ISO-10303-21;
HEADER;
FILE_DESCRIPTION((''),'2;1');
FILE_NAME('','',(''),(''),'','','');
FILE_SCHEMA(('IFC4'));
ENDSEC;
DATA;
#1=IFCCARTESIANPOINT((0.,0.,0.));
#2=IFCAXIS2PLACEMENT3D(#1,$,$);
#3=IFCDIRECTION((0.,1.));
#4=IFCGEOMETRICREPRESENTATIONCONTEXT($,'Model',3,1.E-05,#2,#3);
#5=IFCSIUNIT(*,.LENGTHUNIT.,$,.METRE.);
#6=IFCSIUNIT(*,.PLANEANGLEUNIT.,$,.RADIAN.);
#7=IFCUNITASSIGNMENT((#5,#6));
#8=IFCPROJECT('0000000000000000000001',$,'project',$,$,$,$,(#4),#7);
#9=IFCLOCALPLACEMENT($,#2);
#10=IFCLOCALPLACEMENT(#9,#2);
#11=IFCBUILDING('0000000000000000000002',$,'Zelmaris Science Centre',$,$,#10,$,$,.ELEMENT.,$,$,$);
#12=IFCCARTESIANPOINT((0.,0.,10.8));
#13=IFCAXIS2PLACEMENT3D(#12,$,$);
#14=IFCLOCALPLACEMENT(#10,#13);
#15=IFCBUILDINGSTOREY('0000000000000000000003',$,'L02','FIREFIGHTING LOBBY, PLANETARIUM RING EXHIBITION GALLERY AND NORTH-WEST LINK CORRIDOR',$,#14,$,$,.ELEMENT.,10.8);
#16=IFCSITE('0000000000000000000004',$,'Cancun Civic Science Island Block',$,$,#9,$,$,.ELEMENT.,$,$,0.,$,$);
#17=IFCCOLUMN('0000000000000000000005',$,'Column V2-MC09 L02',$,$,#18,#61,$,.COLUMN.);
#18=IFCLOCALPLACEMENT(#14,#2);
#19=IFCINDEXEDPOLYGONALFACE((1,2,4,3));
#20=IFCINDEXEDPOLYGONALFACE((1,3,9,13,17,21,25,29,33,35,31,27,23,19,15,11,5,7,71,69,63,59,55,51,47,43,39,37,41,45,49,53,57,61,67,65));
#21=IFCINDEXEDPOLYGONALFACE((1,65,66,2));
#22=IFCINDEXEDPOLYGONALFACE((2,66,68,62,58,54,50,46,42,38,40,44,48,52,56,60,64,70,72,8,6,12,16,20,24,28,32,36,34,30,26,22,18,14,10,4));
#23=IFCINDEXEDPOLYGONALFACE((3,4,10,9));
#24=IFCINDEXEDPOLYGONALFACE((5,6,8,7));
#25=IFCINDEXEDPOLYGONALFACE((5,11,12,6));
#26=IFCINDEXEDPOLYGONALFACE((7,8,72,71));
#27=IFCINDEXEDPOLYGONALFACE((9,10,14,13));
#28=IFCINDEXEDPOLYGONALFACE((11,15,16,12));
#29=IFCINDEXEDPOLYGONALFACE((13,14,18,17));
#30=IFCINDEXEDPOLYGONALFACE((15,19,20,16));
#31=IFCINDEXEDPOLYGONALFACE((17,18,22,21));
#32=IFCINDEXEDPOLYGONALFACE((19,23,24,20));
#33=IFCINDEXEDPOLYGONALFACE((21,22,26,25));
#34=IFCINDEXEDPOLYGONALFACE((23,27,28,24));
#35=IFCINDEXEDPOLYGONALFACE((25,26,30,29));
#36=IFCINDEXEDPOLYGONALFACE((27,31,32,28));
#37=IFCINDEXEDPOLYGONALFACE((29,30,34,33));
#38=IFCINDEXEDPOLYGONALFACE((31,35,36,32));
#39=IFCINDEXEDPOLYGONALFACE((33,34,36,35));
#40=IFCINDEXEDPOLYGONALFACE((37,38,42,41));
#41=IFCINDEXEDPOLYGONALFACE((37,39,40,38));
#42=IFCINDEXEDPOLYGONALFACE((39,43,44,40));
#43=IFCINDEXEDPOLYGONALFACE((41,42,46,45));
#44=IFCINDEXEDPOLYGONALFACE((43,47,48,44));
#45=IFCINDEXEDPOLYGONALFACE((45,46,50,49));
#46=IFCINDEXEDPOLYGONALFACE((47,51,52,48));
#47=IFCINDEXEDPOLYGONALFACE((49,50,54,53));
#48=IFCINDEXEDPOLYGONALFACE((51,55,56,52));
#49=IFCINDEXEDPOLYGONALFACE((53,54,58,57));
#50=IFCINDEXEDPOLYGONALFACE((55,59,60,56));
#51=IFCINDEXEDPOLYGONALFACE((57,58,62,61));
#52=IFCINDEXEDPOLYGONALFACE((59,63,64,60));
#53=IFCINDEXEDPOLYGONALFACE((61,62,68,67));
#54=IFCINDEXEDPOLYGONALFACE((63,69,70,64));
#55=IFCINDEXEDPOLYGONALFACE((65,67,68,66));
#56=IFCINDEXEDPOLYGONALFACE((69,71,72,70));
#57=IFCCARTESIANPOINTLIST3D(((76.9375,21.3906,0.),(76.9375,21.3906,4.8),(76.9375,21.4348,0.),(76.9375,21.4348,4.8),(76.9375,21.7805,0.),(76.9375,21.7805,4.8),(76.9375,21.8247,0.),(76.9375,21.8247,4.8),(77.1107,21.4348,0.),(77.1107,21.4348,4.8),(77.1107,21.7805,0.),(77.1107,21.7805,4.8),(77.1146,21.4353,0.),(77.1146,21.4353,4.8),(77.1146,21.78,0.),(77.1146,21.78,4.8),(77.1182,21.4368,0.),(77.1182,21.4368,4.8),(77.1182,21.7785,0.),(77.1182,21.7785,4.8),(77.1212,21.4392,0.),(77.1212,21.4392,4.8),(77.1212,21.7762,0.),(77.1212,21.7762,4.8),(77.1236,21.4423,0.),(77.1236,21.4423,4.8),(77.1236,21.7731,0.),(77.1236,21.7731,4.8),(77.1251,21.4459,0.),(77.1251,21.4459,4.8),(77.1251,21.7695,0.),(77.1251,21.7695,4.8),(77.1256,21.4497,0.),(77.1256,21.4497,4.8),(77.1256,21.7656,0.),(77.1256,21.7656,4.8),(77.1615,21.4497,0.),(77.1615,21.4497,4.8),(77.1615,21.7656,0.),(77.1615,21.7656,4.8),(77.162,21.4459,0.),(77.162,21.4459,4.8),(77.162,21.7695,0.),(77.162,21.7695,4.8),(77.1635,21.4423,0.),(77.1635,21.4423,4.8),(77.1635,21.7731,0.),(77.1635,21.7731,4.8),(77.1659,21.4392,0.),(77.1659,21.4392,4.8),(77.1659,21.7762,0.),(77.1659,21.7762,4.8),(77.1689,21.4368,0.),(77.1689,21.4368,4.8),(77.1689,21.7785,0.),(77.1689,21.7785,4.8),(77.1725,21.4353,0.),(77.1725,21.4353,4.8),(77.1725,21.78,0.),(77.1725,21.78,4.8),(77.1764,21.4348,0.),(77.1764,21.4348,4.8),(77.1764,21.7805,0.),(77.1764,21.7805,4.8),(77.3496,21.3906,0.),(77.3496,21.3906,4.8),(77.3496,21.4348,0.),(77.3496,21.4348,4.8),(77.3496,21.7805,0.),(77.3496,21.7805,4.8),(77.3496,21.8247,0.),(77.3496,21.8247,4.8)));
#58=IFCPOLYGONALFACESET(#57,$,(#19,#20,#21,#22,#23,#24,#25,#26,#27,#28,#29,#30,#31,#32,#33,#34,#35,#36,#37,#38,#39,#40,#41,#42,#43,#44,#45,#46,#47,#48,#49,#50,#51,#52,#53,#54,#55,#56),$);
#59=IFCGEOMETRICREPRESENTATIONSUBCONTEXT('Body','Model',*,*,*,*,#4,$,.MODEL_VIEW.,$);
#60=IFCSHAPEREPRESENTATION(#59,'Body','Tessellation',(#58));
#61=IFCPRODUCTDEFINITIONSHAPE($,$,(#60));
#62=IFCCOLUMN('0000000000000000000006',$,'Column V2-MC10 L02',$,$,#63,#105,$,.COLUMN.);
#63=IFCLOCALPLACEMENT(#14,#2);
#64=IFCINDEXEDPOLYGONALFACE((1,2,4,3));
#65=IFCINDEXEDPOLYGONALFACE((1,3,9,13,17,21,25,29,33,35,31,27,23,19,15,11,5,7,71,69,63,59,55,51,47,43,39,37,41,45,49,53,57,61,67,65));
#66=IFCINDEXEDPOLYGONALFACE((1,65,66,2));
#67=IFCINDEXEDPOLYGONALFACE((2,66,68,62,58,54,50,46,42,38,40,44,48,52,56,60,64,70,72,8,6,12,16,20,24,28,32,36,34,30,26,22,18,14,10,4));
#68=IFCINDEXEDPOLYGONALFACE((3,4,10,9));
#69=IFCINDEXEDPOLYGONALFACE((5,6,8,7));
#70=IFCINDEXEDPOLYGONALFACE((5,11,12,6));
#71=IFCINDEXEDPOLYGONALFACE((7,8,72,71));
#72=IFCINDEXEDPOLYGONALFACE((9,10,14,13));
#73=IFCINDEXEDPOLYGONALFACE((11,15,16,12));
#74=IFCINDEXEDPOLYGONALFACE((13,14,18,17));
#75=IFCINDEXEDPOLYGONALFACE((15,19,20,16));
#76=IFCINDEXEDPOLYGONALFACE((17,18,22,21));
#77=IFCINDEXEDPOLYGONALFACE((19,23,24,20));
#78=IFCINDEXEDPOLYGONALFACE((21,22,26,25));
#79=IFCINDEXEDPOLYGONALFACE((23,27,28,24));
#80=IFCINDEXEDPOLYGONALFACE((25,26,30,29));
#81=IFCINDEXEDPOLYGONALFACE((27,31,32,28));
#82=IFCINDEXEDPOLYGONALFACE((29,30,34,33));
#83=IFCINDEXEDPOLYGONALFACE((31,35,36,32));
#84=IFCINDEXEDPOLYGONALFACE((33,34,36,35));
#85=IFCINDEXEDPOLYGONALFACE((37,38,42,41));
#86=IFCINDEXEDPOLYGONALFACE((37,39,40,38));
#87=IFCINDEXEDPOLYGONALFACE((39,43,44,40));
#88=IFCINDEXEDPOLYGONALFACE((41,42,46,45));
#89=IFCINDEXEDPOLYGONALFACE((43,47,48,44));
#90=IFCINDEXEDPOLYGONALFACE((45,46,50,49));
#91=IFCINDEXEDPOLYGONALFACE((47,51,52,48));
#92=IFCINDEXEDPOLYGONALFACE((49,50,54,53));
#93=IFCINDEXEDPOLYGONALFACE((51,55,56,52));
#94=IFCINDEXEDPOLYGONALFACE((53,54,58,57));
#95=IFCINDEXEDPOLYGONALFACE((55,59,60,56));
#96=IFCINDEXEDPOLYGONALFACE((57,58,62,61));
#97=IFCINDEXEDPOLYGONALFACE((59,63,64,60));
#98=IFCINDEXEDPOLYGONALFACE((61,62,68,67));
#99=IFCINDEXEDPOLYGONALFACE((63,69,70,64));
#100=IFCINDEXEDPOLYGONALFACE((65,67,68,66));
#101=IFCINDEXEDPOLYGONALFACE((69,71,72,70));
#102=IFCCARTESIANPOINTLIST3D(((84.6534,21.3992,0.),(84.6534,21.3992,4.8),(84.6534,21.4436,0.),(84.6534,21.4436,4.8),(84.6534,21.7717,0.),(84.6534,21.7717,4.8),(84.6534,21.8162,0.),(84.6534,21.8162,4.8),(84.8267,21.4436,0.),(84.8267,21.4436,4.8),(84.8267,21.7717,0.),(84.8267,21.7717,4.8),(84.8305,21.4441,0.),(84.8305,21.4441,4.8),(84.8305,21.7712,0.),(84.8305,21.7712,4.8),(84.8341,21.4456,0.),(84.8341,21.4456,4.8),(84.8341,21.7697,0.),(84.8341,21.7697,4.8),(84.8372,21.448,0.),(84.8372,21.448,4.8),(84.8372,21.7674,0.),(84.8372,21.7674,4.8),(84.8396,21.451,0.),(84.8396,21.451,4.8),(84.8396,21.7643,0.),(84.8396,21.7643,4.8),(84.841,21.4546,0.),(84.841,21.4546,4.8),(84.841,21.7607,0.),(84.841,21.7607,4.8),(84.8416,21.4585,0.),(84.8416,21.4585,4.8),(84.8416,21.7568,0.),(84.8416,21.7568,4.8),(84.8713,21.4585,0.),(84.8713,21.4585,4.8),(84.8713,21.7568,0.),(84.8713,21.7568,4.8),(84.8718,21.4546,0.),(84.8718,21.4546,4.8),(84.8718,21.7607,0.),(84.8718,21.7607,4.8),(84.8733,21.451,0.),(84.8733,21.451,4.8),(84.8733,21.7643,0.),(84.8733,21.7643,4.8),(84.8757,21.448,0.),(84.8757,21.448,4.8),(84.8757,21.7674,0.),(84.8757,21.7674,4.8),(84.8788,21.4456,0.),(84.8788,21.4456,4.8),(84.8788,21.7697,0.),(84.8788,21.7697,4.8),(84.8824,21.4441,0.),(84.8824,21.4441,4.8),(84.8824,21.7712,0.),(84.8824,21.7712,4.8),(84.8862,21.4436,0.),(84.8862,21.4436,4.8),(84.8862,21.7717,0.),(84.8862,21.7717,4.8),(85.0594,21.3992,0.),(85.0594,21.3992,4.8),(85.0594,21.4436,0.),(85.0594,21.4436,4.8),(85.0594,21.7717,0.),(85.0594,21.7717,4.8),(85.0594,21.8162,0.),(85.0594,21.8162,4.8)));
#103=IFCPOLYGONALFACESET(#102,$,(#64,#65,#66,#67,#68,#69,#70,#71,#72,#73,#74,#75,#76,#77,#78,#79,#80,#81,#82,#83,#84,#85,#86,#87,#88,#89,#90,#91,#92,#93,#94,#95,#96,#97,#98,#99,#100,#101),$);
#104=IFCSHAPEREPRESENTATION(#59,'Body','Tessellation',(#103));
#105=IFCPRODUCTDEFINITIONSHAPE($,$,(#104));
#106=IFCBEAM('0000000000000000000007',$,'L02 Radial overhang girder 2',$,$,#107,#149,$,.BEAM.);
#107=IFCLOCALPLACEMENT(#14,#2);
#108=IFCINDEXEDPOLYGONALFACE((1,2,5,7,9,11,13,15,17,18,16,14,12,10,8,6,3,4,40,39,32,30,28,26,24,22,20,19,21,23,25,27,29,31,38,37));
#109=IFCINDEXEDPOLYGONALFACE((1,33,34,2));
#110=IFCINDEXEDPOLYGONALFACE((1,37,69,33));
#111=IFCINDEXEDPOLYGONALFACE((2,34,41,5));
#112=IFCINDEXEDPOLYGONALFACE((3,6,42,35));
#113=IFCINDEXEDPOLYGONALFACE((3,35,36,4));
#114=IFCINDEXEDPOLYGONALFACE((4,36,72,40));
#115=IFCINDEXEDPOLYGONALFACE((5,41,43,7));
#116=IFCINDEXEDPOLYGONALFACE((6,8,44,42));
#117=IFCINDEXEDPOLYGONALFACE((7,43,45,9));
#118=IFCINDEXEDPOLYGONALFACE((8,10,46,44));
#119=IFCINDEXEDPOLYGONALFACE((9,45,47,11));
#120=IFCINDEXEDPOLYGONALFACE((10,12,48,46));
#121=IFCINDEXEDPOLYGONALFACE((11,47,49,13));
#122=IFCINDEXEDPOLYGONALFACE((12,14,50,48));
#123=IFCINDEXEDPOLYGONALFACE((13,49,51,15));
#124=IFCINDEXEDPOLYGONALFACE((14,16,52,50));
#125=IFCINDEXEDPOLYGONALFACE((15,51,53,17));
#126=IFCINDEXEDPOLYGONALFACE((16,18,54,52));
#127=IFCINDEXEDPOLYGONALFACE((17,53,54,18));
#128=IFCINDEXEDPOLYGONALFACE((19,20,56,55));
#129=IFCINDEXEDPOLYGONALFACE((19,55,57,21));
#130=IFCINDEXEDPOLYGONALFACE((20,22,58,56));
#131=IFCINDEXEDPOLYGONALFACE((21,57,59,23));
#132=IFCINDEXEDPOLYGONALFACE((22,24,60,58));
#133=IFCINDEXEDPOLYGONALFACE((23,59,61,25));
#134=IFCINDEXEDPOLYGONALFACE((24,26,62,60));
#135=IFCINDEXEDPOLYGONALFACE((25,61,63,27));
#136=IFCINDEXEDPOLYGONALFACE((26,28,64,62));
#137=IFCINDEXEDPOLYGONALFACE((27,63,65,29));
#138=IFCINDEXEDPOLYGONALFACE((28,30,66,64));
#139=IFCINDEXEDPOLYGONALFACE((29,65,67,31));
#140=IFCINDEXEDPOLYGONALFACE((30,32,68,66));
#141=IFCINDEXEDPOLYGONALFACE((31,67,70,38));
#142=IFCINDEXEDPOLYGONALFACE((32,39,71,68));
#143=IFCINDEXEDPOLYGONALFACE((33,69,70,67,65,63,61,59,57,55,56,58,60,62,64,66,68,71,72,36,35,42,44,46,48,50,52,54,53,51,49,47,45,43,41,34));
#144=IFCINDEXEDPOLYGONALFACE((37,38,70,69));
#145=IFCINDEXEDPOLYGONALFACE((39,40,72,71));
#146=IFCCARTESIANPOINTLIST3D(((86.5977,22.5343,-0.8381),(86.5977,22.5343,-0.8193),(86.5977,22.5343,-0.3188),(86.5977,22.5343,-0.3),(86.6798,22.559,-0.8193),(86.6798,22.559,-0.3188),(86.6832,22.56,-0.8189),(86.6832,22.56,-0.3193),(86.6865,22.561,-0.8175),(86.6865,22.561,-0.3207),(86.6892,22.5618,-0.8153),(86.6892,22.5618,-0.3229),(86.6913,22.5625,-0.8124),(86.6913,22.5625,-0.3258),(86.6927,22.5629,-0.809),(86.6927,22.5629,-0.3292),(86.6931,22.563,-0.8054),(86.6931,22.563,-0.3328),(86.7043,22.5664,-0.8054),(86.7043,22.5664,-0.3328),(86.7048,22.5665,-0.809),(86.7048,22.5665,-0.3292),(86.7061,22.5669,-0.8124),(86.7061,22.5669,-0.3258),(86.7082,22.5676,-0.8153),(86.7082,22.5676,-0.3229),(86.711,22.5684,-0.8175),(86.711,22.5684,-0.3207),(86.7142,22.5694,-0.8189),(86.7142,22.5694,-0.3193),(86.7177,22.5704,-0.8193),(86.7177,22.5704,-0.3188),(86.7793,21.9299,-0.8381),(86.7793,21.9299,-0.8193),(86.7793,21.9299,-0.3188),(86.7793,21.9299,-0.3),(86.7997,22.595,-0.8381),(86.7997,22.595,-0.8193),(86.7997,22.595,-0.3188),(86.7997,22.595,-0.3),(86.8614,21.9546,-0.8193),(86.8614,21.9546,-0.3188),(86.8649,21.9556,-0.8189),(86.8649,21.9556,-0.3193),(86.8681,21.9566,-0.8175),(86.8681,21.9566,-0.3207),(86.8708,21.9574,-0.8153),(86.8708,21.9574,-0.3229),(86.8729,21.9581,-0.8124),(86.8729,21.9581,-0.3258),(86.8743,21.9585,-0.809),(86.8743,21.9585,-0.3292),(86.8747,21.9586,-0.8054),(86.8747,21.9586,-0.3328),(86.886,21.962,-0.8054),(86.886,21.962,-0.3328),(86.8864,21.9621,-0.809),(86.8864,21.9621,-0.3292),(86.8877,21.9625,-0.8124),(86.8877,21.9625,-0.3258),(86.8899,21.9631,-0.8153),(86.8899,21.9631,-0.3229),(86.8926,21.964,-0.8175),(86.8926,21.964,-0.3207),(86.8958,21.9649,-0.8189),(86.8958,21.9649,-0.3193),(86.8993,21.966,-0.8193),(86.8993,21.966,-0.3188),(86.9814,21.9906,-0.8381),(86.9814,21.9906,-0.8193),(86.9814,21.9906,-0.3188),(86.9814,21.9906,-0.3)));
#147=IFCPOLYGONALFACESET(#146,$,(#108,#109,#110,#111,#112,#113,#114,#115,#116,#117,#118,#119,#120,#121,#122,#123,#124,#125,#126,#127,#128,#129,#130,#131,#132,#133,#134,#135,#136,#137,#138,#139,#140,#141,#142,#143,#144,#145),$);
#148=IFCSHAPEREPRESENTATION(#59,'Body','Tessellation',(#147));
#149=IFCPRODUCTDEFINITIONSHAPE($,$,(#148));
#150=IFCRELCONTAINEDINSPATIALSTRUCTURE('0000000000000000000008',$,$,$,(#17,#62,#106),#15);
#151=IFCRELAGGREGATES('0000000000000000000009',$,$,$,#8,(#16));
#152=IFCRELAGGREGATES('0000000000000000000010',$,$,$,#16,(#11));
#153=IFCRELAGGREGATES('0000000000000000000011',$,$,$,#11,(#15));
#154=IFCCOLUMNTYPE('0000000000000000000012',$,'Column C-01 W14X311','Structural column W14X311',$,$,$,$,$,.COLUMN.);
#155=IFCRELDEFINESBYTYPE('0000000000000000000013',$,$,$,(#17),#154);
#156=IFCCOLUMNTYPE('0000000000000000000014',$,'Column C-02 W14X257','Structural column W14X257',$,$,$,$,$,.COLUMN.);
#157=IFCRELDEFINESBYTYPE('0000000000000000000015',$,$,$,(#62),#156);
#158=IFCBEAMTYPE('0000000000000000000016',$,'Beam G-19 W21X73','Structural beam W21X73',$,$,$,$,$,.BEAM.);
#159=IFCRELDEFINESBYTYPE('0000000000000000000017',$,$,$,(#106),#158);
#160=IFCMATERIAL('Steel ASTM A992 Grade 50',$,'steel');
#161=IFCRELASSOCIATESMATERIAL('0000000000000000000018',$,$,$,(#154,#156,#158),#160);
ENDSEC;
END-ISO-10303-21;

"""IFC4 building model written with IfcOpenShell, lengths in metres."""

from ifc_helpers import new_model, si_unit, direction, frame, origin, origin_2d, place, context, subcontext, project, spatial, i_section, extrude, material, material_profile, profile_set, type_object, element, save


model = new_model("IFC4")

# Units and contexts
model_context = context("Model", 3, precision=1e-05, world=origin(), true_north=direction((0.0, 1.0)))
body_context = subcontext(model_context, "Body", "Model", "MODEL_VIEW")
ifc_project = project(units=[si_unit("LENGTHUNIT", "METRE"), si_unit("PLANEANGLEUNIT", "RADIAN")], contexts=[model_context])

# Site, building, storey
site_placement = place(None, origin())
site = spatial("IfcSite", under=ifc_project, at=site_placement, Name="Cancun Civic Science Island Block", CompositionType="ELEMENT", RefElevation=0.0)
building_placement = place(site_placement, origin())
building = spatial("IfcBuilding", under=site, at=building_placement, Name="Zelmaris Science Centre", CompositionType="ELEMENT")
storey_placement = place(building_placement, frame((0.0, 0.0, 10.8)))
storey = spatial("IfcBuildingStorey", under=building, at=storey_placement, Name="L02", Description="FIREFIGHTING LOBBY, PLANETARIUM RING EXHIBITION GALLERY AND NORTH-WEST LINK CORRIDOR", CompositionType="ELEMENT", Elevation=10.8)

# Columns
ifc_material_1 = material(Name="Steel ASTM A992 Grade 50", Category="steel")
ifc_material_profile_1 = material_profile(ifc_material_1, i_section(OverallWidth=0.4121, OverallDepth=0.4341, WebThickness=0.0359, FlangeThickness=0.0442, FilletRadius=0.0149, at=origin_2d()), Name="W14X311")
ifc_profile_set_1 = profile_set([ifc_material_profile_1], Name="Steel ASTM A992 Grade 50")
column_type_1 = type_object("IfcColumnType", Name="Column C-01 W14X311", Description="Structural column W14X311", PredefinedType="COLUMN", material=ifc_profile_set_1)
column_1_placement = place(storey_placement, frame((77.1436, 21.6077, 0.0), z_axis=(0.0, 0.0, 1.0), x_axis=(1.0, 0.0, 0.0)))
element("IfcColumn", 1, at=column_1_placement, inside=storey, type_object=column_type_1, Name="Column V2-MC09 L02", PredefinedType="COLUMN", context=body_context, shape_type="SweptSolid", body=[
    extrude(i_section(OverallWidth=0.4121, OverallDepth=0.4341, WebThickness=0.0359, FlangeThickness=0.0442, FilletRadius=0.0149, at=origin_2d()), origin(), (0.0, 0.0, 1.0), 4.8),
])
ifc_material_profile_2 = material_profile(ifc_material_1, i_section(OverallWidth=0.406, OverallDepth=0.417, WebThickness=0.0298, FlangeThickness=0.0444, FilletRadius=0.0149, at=origin_2d()), Name="W14X257")
ifc_profile_set_2 = profile_set([ifc_material_profile_2], Name="Steel ASTM A992 Grade 50")
column_type_2 = type_object("IfcColumnType", Name="Column C-02 W14X257", Description="Structural column W14X257", PredefinedType="COLUMN", material=ifc_profile_set_2)
column_2_placement = place(storey_placement, frame((84.8564, 21.6077, 0.0), z_axis=(0.0, 0.0, 1.0), x_axis=(1.0, 0.0, 0.0)))
element("IfcColumn", 2, at=column_2_placement, inside=storey, type_object=column_type_2, Name="Column V2-MC10 L02", PredefinedType="COLUMN", context=body_context, shape_type="SweptSolid", body=[
    extrude(i_section(OverallWidth=0.406, OverallDepth=0.417, WebThickness=0.0298, FlangeThickness=0.0444, FilletRadius=0.0149, at=origin_2d()), origin(), (0.0, 0.0, 1.0), 4.8),
])

# Beam
ifc_material_profile_3 = material_profile(ifc_material_1, i_section(OverallWidth=0.2109, OverallDepth=0.5381, WebThickness=0.0117, FlangeThickness=0.0188, FilletRadius=0.0139, at=origin_2d()), Name="W21X73")
ifc_profile_set_3 = profile_set([ifc_material_profile_3], Name="Steel ASTM A992 Grade 50")
beam_type_1 = type_object("IfcBeamType", Name="Beam G-19 W21X73", Description="Structural beam W21X73", PredefinedType="BEAM", material=ifc_profile_set_3)
beam_1_placement = place(storey_placement, frame((86.6987, 22.5647, -0.5691), z_axis=(0.287774, -0.957698, 0.0), x_axis=(0.957698, 0.287774, 0.0)))
element("IfcBeam", 3, at=beam_1_placement, inside=storey, type_object=beam_type_1, Name="L02 Radial overhang girder 2", PredefinedType="BEAM", context=body_context, shape_type="SweptSolid", body=[
    extrude(i_section(OverallWidth=0.2109, OverallDepth=0.5381, WebThickness=0.0117, FlangeThickness=0.0188, FilletRadius=0.0139, at=origin_2d()), origin(), (0.0, 0.0, 1.0), 0.6311),
])

save(model, "model.ifc")
